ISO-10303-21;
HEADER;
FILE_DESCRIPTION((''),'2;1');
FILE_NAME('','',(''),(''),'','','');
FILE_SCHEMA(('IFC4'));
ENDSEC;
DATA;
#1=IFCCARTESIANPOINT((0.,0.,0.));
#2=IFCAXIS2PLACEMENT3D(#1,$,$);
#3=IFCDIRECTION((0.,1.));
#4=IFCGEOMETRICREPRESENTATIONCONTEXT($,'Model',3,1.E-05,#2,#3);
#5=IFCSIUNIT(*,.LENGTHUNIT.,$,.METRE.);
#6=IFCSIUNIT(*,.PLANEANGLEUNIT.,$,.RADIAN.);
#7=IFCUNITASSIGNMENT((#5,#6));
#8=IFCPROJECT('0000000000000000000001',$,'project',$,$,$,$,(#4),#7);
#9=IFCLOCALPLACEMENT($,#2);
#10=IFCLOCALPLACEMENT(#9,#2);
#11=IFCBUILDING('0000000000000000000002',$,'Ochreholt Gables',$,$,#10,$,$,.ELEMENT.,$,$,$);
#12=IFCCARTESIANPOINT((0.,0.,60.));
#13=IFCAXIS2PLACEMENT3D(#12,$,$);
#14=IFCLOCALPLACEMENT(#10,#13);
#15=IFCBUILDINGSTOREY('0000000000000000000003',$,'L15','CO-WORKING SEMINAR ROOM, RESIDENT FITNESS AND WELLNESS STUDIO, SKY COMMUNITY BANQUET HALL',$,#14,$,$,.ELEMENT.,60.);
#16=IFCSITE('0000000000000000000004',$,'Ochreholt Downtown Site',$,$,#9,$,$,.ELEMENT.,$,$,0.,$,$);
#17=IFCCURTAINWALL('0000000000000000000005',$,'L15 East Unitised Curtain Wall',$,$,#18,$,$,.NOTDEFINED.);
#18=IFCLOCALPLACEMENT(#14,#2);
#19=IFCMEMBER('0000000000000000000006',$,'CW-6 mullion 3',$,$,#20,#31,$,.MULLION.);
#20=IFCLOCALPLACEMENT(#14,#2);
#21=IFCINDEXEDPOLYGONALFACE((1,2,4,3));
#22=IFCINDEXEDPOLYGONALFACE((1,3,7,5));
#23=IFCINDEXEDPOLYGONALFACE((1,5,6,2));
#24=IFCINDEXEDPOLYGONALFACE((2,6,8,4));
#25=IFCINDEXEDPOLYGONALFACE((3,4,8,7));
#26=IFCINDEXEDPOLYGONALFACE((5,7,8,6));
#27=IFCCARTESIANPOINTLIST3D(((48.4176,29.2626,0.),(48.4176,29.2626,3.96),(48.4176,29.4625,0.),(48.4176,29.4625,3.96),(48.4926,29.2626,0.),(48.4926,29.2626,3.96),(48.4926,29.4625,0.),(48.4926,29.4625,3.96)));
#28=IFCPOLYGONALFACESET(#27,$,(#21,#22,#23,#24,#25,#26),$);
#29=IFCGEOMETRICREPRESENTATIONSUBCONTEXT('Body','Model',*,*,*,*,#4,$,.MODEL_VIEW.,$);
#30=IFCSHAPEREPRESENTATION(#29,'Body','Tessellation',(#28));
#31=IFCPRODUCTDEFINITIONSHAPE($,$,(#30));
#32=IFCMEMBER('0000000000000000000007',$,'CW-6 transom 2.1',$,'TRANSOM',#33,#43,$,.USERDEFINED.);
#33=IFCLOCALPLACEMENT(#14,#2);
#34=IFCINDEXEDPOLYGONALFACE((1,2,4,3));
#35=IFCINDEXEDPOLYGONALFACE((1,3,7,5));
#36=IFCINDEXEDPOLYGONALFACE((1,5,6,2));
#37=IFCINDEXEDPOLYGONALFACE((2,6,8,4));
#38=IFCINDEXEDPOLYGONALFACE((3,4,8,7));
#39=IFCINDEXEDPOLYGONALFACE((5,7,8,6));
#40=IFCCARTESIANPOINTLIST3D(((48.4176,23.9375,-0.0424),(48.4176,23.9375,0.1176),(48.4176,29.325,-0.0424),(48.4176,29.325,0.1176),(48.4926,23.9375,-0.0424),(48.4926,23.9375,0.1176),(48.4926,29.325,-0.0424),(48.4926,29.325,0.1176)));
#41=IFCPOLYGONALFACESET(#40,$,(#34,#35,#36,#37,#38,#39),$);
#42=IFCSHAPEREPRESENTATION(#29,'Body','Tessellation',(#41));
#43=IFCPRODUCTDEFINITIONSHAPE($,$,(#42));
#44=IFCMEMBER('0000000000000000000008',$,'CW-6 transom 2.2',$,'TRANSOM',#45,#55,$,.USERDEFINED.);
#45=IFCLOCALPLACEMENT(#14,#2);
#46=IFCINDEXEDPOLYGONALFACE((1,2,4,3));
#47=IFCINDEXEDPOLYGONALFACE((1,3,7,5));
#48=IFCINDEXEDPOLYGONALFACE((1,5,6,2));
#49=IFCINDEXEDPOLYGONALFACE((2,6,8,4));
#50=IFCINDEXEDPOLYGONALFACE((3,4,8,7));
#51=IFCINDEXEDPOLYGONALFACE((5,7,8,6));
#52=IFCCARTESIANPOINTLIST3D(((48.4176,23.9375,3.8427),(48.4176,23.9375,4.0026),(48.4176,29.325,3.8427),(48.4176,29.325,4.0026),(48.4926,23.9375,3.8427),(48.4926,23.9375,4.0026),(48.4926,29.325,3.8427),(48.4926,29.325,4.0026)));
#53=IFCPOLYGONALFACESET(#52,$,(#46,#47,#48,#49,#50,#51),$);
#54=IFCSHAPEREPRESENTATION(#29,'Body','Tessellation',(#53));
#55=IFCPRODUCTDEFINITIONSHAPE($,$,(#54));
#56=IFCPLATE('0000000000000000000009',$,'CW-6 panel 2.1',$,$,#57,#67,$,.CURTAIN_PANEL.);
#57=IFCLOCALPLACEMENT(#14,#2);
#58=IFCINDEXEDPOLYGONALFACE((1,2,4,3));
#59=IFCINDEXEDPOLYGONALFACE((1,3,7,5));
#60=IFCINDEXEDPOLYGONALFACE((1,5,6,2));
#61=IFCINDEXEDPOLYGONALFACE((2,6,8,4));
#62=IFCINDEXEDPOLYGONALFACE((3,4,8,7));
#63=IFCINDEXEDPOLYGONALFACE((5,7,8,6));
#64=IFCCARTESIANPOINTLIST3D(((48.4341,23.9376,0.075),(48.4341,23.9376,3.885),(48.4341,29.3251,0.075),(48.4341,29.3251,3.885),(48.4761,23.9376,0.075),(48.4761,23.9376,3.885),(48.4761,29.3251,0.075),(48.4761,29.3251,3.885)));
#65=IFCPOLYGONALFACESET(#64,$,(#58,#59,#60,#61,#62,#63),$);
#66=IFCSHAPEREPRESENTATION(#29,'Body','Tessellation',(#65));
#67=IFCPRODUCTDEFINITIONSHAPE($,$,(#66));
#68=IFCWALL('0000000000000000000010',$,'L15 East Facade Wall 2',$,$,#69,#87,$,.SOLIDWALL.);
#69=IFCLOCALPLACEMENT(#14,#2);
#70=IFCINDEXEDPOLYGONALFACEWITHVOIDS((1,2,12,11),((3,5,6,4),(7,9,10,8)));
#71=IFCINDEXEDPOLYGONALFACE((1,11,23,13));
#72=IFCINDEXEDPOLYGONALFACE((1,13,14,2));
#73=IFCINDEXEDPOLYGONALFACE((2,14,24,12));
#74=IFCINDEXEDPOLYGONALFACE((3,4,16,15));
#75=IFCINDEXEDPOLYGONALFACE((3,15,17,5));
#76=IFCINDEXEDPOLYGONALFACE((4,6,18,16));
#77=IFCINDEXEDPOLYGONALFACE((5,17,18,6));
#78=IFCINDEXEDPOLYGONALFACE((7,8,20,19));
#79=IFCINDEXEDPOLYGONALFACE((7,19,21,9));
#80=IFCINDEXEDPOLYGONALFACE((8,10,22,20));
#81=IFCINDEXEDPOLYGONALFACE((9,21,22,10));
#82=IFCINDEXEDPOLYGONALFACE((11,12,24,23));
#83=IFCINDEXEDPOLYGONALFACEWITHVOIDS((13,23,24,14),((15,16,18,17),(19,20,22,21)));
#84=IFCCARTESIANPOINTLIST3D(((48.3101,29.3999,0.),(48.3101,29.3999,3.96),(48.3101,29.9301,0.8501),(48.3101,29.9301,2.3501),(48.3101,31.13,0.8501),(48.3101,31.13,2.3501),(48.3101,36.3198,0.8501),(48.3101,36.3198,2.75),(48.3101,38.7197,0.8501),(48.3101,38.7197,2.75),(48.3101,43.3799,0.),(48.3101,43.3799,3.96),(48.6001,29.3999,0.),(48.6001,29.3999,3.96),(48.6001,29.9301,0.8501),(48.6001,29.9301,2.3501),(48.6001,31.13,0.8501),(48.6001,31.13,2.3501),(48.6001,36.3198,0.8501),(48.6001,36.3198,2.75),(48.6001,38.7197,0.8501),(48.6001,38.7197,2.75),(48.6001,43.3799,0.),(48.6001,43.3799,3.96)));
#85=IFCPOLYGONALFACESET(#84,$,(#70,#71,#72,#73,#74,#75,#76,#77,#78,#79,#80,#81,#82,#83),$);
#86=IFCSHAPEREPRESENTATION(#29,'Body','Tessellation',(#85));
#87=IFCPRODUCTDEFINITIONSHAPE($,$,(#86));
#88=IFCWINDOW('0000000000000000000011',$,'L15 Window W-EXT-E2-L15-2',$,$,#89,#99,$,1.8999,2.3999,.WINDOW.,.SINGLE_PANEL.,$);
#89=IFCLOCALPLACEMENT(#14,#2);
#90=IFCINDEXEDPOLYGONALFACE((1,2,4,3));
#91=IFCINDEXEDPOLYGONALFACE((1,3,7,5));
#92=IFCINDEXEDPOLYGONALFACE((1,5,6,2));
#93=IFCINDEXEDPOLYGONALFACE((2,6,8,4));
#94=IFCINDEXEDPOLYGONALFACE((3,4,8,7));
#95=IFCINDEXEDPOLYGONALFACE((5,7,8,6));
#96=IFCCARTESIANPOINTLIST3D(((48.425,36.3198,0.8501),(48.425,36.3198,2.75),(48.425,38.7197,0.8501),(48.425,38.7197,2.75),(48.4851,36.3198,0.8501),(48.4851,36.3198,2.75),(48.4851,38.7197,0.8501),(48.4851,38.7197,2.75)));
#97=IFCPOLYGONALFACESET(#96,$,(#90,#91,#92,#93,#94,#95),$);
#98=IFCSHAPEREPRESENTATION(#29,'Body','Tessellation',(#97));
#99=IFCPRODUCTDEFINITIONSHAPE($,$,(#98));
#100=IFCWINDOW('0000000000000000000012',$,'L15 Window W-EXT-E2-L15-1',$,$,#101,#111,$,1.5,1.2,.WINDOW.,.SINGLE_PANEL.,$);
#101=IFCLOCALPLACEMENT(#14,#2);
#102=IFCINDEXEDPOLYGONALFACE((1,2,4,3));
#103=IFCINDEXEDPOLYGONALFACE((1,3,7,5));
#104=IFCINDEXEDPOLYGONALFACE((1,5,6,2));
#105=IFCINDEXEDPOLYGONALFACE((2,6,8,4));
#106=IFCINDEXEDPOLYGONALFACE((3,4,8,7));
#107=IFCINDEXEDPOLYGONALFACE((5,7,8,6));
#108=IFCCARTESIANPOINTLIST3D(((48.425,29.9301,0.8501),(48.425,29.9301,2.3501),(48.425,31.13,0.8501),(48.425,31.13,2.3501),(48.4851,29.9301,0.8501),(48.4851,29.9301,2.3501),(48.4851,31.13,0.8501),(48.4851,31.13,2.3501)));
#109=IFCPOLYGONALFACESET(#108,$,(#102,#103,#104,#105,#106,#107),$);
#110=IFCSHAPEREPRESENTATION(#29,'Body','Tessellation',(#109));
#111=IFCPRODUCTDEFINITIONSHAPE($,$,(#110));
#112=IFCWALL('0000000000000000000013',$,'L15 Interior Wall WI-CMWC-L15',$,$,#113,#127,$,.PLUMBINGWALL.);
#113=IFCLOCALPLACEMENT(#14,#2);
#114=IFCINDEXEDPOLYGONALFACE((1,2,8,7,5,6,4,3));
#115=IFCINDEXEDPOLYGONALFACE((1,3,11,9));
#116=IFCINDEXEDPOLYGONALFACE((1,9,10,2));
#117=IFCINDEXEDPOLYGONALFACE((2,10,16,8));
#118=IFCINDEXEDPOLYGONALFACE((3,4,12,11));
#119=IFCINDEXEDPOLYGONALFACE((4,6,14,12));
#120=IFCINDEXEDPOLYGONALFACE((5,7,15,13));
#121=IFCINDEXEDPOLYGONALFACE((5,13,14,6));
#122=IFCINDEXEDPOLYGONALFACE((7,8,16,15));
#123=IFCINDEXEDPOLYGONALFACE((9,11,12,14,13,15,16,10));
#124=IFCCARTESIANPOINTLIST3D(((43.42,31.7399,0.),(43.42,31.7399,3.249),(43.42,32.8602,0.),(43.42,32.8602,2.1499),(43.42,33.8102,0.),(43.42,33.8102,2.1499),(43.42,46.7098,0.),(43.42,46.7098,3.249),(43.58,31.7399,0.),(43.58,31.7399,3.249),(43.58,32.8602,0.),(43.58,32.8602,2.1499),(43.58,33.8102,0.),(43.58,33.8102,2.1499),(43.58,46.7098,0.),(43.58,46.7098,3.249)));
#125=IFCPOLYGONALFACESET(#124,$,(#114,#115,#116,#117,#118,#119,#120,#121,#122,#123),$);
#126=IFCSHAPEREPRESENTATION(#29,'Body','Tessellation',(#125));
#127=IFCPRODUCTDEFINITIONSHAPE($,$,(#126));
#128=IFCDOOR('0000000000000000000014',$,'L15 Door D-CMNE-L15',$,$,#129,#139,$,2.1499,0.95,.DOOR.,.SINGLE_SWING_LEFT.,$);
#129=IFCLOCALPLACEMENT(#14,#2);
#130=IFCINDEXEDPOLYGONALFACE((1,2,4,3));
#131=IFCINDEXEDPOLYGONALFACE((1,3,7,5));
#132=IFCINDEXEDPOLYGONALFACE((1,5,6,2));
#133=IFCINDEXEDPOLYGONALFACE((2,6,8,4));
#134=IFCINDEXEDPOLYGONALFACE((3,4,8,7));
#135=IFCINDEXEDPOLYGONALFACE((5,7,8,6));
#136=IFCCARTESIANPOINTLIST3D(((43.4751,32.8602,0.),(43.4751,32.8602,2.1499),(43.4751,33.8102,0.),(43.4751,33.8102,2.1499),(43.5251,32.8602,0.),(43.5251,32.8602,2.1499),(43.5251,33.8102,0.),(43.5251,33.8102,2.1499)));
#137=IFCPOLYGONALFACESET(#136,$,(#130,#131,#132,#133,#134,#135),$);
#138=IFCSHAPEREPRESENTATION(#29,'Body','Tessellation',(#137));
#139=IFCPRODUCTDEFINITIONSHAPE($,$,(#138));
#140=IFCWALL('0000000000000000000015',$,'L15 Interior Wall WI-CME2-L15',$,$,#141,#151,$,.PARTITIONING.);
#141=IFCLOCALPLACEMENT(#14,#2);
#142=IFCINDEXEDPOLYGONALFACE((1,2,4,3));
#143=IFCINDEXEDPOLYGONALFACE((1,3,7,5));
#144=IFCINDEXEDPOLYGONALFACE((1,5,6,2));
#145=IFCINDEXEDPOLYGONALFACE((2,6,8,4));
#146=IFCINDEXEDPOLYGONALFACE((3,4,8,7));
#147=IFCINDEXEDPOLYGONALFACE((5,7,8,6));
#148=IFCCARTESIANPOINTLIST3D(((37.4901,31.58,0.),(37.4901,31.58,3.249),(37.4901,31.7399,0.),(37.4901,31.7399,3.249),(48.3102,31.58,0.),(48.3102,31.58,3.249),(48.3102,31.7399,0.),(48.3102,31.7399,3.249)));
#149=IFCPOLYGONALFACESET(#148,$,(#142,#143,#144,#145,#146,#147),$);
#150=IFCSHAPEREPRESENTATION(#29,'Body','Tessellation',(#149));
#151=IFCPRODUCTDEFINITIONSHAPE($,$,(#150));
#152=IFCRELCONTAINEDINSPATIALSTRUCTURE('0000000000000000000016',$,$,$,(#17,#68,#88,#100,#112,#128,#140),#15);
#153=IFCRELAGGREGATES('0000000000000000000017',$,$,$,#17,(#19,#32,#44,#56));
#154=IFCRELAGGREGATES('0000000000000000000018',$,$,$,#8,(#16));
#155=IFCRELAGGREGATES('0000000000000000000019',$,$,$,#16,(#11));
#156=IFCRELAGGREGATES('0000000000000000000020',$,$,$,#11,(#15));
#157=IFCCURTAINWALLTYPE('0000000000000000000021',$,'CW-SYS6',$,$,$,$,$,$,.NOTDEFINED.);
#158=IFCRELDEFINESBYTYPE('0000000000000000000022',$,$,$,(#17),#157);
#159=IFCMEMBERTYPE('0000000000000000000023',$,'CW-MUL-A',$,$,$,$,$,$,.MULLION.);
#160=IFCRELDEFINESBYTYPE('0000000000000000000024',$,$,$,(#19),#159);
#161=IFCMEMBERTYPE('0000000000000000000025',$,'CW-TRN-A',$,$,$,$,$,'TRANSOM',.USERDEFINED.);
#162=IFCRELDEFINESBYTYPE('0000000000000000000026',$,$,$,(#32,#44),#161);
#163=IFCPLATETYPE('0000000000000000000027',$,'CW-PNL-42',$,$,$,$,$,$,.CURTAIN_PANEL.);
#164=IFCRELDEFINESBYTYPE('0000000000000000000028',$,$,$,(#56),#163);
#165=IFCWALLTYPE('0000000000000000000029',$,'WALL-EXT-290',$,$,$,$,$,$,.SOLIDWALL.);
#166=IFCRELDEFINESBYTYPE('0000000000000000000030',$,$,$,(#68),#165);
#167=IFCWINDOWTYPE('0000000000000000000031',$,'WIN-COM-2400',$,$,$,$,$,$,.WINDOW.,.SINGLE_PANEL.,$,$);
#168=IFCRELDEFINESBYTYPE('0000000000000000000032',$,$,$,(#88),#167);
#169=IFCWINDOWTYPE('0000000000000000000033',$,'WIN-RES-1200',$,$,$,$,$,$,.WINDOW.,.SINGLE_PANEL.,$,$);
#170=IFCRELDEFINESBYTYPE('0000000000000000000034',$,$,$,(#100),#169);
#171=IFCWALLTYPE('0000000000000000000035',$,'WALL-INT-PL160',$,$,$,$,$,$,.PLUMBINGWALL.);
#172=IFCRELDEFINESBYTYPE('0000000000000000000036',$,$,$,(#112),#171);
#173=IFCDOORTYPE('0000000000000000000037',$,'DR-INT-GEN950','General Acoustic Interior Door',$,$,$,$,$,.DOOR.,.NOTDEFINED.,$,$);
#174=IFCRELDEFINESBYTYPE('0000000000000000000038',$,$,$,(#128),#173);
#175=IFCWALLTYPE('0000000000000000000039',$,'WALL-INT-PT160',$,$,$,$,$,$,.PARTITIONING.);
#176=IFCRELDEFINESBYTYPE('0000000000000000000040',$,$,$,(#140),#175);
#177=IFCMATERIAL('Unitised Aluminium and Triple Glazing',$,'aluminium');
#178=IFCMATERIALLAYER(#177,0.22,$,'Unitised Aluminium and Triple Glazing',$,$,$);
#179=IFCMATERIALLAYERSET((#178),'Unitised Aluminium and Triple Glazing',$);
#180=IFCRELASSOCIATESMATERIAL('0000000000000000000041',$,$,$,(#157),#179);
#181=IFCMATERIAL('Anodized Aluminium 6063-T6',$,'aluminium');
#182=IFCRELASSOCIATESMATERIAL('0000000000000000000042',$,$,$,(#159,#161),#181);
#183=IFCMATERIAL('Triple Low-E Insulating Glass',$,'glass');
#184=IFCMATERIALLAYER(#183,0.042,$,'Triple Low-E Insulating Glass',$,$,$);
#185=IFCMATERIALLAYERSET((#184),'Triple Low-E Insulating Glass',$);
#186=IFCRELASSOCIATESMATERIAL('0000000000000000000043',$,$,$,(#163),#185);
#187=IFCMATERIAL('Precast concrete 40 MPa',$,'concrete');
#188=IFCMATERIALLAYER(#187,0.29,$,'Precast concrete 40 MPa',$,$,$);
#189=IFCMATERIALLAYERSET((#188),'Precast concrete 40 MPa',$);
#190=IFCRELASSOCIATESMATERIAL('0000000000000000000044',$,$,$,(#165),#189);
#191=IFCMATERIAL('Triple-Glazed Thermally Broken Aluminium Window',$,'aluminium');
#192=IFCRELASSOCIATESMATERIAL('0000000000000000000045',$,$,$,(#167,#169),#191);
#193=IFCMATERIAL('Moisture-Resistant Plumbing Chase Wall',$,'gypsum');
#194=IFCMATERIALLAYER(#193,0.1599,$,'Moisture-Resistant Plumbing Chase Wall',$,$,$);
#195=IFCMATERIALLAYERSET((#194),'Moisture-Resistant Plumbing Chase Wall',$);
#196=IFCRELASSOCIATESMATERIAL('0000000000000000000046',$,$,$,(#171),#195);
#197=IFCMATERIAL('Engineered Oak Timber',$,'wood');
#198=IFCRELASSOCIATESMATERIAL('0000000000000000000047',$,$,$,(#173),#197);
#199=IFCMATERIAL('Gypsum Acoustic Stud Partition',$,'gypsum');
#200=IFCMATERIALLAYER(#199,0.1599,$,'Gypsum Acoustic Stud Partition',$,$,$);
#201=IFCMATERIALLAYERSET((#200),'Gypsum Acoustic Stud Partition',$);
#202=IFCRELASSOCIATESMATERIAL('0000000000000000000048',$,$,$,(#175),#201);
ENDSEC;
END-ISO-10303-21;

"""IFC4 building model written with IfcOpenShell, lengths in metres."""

from ifc_helpers import new_model, si_unit, direction, frame, frame_2d, origin, origin_2d, place, context, subcontext, project, spatial, rectangle, extrude, material, layer, layer_set, material_profile, profile_set, type_object, element, fill, aggregate, save


model = new_model("IFC4")

# Units and contexts
model_context = context("Model", 3, precision=1e-05, world=origin(), true_north=direction((0.0, 1.0)))
body_context = subcontext(model_context, "Body", "Model", "MODEL_VIEW")
ifc_project = project(units=[si_unit("LENGTHUNIT", "METRE"), si_unit("PLANEANGLEUNIT", "RADIAN")], contexts=[model_context])

# Site, building, storey
site_placement = place(None, origin())
site = spatial("IfcSite", under=ifc_project, at=site_placement, Name="Ochreholt Downtown Site", CompositionType="ELEMENT", RefElevation=0.0)
building_placement = place(site_placement, origin())
building = spatial("IfcBuilding", under=site, at=building_placement, Name="Ochreholt Gables", CompositionType="ELEMENT")
storey_placement = place(building_placement, frame((0.0, 0.0, 60.0)))
storey = spatial("IfcBuildingStorey", under=building, at=storey_placement, Name="L15", Description="CO-WORKING SEMINAR ROOM, RESIDENT FITNESS AND WELLNESS STUDIO, SKY COMMUNITY BANQUET HALL", CompositionType="ELEMENT", Elevation=60.0)

# Curtain wall, members, plate
ifc_material_1 = material(Name="Unitised Aluminium and Triple Glazing", Category="aluminium")
ifc_layer_1 = layer(ifc_material_1, 0.22, Name="Unitised Aluminium and Triple Glazing")
ifc_layer_set_1 = layer_set([ifc_layer_1], Name="Unitised Aluminium and Triple Glazing")
curtain_wall_type = type_object("IfcCurtainWallType", Name="CW-SYS6", PredefinedType="NOTDEFINED", material=ifc_layer_set_1)
curtain_wall_placement = place(storey_placement, origin())
curtain_wall = element("IfcCurtainWall", 1, at=curtain_wall_placement, inside=storey, type_object=curtain_wall_type, Name="L15 East Unitised Curtain Wall", PredefinedType="NOTDEFINED")
ifc_material_2 = material(Name="Anodized Aluminium 6063-T6", Category="aluminium")
ifc_material_profile_1 = material_profile(ifc_material_2, rectangle(XDim=0.075, YDim=0.2, at=origin_2d()), Name="CWM75X200")
ifc_profile_set_1 = profile_set([ifc_material_profile_1], Name="Anodized Aluminium 6063-T6")
member_type_1 = type_object("IfcMemberType", Name="CW-MUL-A", PredefinedType="MULLION", material=ifc_profile_set_1)
member_1_placement = place(storey_placement, frame((48.4551, 29.3625, 0.0), z_axis=(0.0, 0.0, 1.0), x_axis=(-1.0, 0.0, 0.0)))
member_1 = element("IfcMember", 2, at=member_1_placement, type_object=member_type_1, Name="CW-6 mullion 3", PredefinedType="MULLION", context=body_context, shape_type="SweptSolid", body=[
    extrude(rectangle(XDim=0.075, YDim=0.2, at=origin_2d()), origin(), (0.0, 0.0, 1.0), 3.96),
])
ifc_material_profile_2 = material_profile(ifc_material_2, rectangle(XDim=0.075, YDim=0.1599, at=origin_2d()), Name="CWT75X160")
ifc_profile_set_2 = profile_set([ifc_material_profile_2], Name="Anodized Aluminium 6063-T6")
member_type_2 = type_object("IfcMemberType", Name="CW-TRN-A", ElementType="TRANSOM", PredefinedType="USERDEFINED", material=ifc_profile_set_2)
member_2_placement = place(storey_placement, frame((48.4551, 23.9375, 0.0376), z_axis=(0.0, 1.0, 0.0), x_axis=(-1.0, 0.0, 0.0)))
member_2 = element("IfcMember", 3, at=member_2_placement, type_object=member_type_2, Name="CW-6 transom 2.1", ObjectType="TRANSOM", PredefinedType="USERDEFINED", context=body_context, shape_type="SweptSolid", body=[
    extrude(rectangle(XDim=0.075, YDim=0.1599, at=origin_2d()), origin(), (0.0, 0.0, 1.0), 5.3875),
])
member_3_placement = place(storey_placement, frame((48.4551, 23.9375, 3.9226), z_axis=(0.0, 1.0, 0.0), x_axis=(-1.0, 0.0, 0.0)))
member_3 = element("IfcMember", 4, at=member_3_placement, type_object=member_type_2, Name="CW-6 transom 2.2", ObjectType="TRANSOM", PredefinedType="USERDEFINED", context=body_context, shape_type="SweptSolid", body=[
    extrude(rectangle(XDim=0.075, YDim=0.1599, at=origin_2d()), origin(), (0.0, 0.0, 1.0), 5.3875),
])
ifc_material_3 = material(Name="Triple Low-E Insulating Glass", Category="glass")
ifc_layer_2 = layer(ifc_material_3, 0.042, Name="Triple Low-E Insulating Glass")
ifc_layer_set_2 = layer_set([ifc_layer_2], Name="Triple Low-E Insulating Glass")
plate_type = type_object("IfcPlateType", Name="CW-PNL-42", PredefinedType="CURTAIN_PANEL", material=ifc_layer_set_2)
plate_placement = place(storey_placement, frame((48.4551, 26.6313, 0.075), z_axis=(0.0, 0.0, 1.0), x_axis=(0.0, 1.0, 0.0)))
plate = element("IfcPlate", 5, at=plate_placement, type_object=plate_type, Name="CW-6 panel 2.1", PredefinedType="CURTAIN_PANEL", context=body_context, shape_type="SweptSolid", body=[
    extrude(rectangle(XDim=5.3875, YDim=0.042, at=origin_2d()), origin(), (0.0, 0.0, 1.0), 3.8101),
])
aggregate(curtain_wall, [member_1, member_2, member_3, plate])

# Wall, openings, windows
ifc_material_4 = material(Name="Precast concrete 40 MPa", Category="concrete")
ifc_layer_3 = layer(ifc_material_4, 0.29, Name="Precast concrete 40 MPa")
ifc_layer_set_3 = layer_set([ifc_layer_3], Name="Precast concrete 40 MPa")
wall_type_1 = type_object("IfcWallType", Name="WALL-EXT-290", PredefinedType="SOLIDWALL", material=ifc_layer_set_3)
wall_1_placement = place(storey_placement, frame((48.4551, 29.3999, 0.0), z_axis=(0.0, 0.0, 1.0), x_axis=(0.0, 1.0, 0.0)))
wall_1 = element("IfcWall", 6, at=wall_1_placement, inside=storey, type_object=wall_type_1, Name="L15 East Facade Wall 2", PredefinedType="SOLIDWALL", context=body_context, shape_type="SweptSolid", body=[
    extrude(rectangle(XDim=13.98, YDim=0.29, at=frame_2d((6.99, 0.0))), origin(), (0.0, 0.0, 1.0), 3.96),
])
opening_1_placement = place(wall_1_placement, frame((0.53, 0.0, 0.8501)))
opening_1 = element("IfcOpeningElement", 7, at=opening_1_placement, cuts=wall_1, PredefinedType="OPENING", context=body_context, shape_type="SweptSolid", body=[
    extrude(rectangle(XDim=1.2, YDim=1.5, at=frame_2d((0.6001, 0.75))), frame((0.0, 0.155, 0.0), z_axis=(0.0, -1.0, 0.0), x_axis=(1.0, 0.0, 0.0)), (0.0, 0.0, 1.0), 0.3101),
])
opening_2_placement = place(wall_1_placement, frame((6.9199, 0.0, 0.8501)))
opening_2 = element("IfcOpeningElement", 8, at=opening_2_placement, cuts=wall_1, PredefinedType="OPENING", context=body_context, shape_type="SweptSolid", body=[
    extrude(rectangle(XDim=2.3999, YDim=1.8999, at=frame_2d((1.2, 0.95))), frame((0.0, 0.155, 0.0), z_axis=(0.0, -1.0, 0.0), x_axis=(1.0, 0.0, 0.0)), (0.0, 0.0, 1.0), 0.3101),
])
ifc_material_5 = material(Name="Triple-Glazed Thermally Broken Aluminium Window", Category="aluminium")
window_type_1 = type_object("IfcWindowType", Name="WIN-COM-2400", PartitioningType="SINGLE_PANEL", PredefinedType="WINDOW", material=ifc_material_5)
window_1_placement = place(opening_2_placement, origin())
window_1 = element("IfcWindow", 9, at=window_1_placement, inside=storey, type_object=window_type_1, Name="L15 Window W-EXT-E2-L15-2", OverallHeight=1.8999, OverallWidth=2.3999, PartitioningType="SINGLE_PANEL", PredefinedType="WINDOW", context=body_context, shape_type="SweptSolid", body=[
    extrude(rectangle(XDim=2.3999, YDim=1.8999, at=frame_2d((1.2, 0.95))), frame((0.0, 0.03, 0.0), z_axis=(0.0, -1.0, 0.0), x_axis=(1.0, 0.0, 0.0)), (0.0, 0.0, 1.0), 0.0601),
])
fill(opening_2, window_1)
window_type_2 = type_object("IfcWindowType", Name="WIN-RES-1200", PartitioningType="SINGLE_PANEL", PredefinedType="WINDOW", material=ifc_material_5)
window_2_placement = place(opening_1_placement, origin())
window_2 = element("IfcWindow", 10, at=window_2_placement, inside=storey, type_object=window_type_2, Name="L15 Window W-EXT-E2-L15-1", OverallHeight=1.5, OverallWidth=1.2, PartitioningType="SINGLE_PANEL", PredefinedType="WINDOW", context=body_context, shape_type="SweptSolid", body=[
    extrude(rectangle(XDim=1.2, YDim=1.5, at=frame_2d((0.6001, 0.75))), frame((0.0, 0.03, 0.0), z_axis=(0.0, -1.0, 0.0), x_axis=(1.0, 0.0, 0.0)), (0.0, 0.0, 1.0), 0.0601),
])
fill(opening_1, window_2)

# Wall, opening, door
ifc_material_6 = material(Name="Moisture-Resistant Plumbing Chase Wall", Category="gypsum")
ifc_layer_4 = layer(ifc_material_6, 0.1599, Name="Moisture-Resistant Plumbing Chase Wall")
ifc_layer_set_4 = layer_set([ifc_layer_4], Name="Moisture-Resistant Plumbing Chase Wall")
wall_type_2 = type_object("IfcWallType", Name="WALL-INT-PL160", PredefinedType="PLUMBINGWALL", material=ifc_layer_set_4)
wall_2_placement = place(storey_placement, frame((43.5, 31.74, 0.0), z_axis=(0.0, 0.0, 1.0), x_axis=(0.0, 1.0, 0.0)))
wall_2 = element("IfcWall", 11, at=wall_2_placement, inside=storey, type_object=wall_type_2, Name="L15 Interior Wall WI-CMWC-L15", PredefinedType="PLUMBINGWALL", context=body_context, shape_type="SweptSolid", body=[
    extrude(rectangle(XDim=14.97, YDim=0.1599, at=frame_2d((7.4849, 0.0))), origin(), (0.0, 0.0, 1.0), 3.249),
])
opening_3_placement = place(wall_2_placement, frame((1.1201, 0.0, 0.0)))
opening_3 = element("IfcOpeningElement", 12, at=opening_3_placement, cuts=wall_2, PredefinedType="OPENING", context=body_context, shape_type="SweptSolid", body=[
    extrude(rectangle(XDim=0.95, YDim=2.1499, at=frame_2d((0.4751, 1.075))), frame((0.0, 0.0898, 0.0), z_axis=(0.0, -1.0, 0.0), x_axis=(1.0, 0.0, 0.0)), (0.0, 0.0, 1.0), 0.1799),
])
ifc_material_7 = material(Name="Engineered Oak Timber", Category="wood")
door_type = type_object("IfcDoorType", Name="DR-INT-GEN950", Description="General Acoustic Interior Door", OperationType="NOTDEFINED", PredefinedType="DOOR", material=ifc_material_7)
door_placement = place(opening_3_placement, origin())
door = element("IfcDoor", 13, at=door_placement, inside=storey, type_object=door_type, Name="L15 Door D-CMNE-L15", OperationType="SINGLE_SWING_LEFT", OverallHeight=2.1499, OverallWidth=0.95, PredefinedType="DOOR", context=body_context, shape_type="SweptSolid", body=[
    extrude(rectangle(XDim=0.95, YDim=2.1499, at=frame_2d((0.4751, 1.075))), frame((0.0, 0.0249, 0.0), z_axis=(0.0, -1.0, 0.0), x_axis=(1.0, 0.0, 0.0)), (0.0, 0.0, 1.0), 0.05),
])
fill(opening_3, door)

# Wall
ifc_material_8 = material(Name="Gypsum Acoustic Stud Partition", Category="gypsum")
ifc_layer_5 = layer(ifc_material_8, 0.1599, Name="Gypsum Acoustic Stud Partition")
ifc_layer_set_5 = layer_set([ifc_layer_5], Name="Gypsum Acoustic Stud Partition")
wall_type_3 = type_object("IfcWallType", Name="WALL-INT-PT160", PredefinedType="PARTITIONING", material=ifc_layer_set_5)
wall_3_placement = place(storey_placement, frame((37.49, 31.6599, 0.0), z_axis=(0.0, 0.0, 1.0), x_axis=(1.0, 0.0, 0.0)))
element("IfcWall", 14, at=wall_3_placement, inside=storey, type_object=wall_type_3, Name="L15 Interior Wall WI-CME2-L15", PredefinedType="PARTITIONING", context=body_context, shape_type="SweptSolid", body=[
    extrude(rectangle(XDim=10.8201, YDim=0.1599, at=frame_2d((5.4102, 0.0))), origin(), (0.0, 0.0, 1.0), 3.249),
])

save(model, "model.ifc")
